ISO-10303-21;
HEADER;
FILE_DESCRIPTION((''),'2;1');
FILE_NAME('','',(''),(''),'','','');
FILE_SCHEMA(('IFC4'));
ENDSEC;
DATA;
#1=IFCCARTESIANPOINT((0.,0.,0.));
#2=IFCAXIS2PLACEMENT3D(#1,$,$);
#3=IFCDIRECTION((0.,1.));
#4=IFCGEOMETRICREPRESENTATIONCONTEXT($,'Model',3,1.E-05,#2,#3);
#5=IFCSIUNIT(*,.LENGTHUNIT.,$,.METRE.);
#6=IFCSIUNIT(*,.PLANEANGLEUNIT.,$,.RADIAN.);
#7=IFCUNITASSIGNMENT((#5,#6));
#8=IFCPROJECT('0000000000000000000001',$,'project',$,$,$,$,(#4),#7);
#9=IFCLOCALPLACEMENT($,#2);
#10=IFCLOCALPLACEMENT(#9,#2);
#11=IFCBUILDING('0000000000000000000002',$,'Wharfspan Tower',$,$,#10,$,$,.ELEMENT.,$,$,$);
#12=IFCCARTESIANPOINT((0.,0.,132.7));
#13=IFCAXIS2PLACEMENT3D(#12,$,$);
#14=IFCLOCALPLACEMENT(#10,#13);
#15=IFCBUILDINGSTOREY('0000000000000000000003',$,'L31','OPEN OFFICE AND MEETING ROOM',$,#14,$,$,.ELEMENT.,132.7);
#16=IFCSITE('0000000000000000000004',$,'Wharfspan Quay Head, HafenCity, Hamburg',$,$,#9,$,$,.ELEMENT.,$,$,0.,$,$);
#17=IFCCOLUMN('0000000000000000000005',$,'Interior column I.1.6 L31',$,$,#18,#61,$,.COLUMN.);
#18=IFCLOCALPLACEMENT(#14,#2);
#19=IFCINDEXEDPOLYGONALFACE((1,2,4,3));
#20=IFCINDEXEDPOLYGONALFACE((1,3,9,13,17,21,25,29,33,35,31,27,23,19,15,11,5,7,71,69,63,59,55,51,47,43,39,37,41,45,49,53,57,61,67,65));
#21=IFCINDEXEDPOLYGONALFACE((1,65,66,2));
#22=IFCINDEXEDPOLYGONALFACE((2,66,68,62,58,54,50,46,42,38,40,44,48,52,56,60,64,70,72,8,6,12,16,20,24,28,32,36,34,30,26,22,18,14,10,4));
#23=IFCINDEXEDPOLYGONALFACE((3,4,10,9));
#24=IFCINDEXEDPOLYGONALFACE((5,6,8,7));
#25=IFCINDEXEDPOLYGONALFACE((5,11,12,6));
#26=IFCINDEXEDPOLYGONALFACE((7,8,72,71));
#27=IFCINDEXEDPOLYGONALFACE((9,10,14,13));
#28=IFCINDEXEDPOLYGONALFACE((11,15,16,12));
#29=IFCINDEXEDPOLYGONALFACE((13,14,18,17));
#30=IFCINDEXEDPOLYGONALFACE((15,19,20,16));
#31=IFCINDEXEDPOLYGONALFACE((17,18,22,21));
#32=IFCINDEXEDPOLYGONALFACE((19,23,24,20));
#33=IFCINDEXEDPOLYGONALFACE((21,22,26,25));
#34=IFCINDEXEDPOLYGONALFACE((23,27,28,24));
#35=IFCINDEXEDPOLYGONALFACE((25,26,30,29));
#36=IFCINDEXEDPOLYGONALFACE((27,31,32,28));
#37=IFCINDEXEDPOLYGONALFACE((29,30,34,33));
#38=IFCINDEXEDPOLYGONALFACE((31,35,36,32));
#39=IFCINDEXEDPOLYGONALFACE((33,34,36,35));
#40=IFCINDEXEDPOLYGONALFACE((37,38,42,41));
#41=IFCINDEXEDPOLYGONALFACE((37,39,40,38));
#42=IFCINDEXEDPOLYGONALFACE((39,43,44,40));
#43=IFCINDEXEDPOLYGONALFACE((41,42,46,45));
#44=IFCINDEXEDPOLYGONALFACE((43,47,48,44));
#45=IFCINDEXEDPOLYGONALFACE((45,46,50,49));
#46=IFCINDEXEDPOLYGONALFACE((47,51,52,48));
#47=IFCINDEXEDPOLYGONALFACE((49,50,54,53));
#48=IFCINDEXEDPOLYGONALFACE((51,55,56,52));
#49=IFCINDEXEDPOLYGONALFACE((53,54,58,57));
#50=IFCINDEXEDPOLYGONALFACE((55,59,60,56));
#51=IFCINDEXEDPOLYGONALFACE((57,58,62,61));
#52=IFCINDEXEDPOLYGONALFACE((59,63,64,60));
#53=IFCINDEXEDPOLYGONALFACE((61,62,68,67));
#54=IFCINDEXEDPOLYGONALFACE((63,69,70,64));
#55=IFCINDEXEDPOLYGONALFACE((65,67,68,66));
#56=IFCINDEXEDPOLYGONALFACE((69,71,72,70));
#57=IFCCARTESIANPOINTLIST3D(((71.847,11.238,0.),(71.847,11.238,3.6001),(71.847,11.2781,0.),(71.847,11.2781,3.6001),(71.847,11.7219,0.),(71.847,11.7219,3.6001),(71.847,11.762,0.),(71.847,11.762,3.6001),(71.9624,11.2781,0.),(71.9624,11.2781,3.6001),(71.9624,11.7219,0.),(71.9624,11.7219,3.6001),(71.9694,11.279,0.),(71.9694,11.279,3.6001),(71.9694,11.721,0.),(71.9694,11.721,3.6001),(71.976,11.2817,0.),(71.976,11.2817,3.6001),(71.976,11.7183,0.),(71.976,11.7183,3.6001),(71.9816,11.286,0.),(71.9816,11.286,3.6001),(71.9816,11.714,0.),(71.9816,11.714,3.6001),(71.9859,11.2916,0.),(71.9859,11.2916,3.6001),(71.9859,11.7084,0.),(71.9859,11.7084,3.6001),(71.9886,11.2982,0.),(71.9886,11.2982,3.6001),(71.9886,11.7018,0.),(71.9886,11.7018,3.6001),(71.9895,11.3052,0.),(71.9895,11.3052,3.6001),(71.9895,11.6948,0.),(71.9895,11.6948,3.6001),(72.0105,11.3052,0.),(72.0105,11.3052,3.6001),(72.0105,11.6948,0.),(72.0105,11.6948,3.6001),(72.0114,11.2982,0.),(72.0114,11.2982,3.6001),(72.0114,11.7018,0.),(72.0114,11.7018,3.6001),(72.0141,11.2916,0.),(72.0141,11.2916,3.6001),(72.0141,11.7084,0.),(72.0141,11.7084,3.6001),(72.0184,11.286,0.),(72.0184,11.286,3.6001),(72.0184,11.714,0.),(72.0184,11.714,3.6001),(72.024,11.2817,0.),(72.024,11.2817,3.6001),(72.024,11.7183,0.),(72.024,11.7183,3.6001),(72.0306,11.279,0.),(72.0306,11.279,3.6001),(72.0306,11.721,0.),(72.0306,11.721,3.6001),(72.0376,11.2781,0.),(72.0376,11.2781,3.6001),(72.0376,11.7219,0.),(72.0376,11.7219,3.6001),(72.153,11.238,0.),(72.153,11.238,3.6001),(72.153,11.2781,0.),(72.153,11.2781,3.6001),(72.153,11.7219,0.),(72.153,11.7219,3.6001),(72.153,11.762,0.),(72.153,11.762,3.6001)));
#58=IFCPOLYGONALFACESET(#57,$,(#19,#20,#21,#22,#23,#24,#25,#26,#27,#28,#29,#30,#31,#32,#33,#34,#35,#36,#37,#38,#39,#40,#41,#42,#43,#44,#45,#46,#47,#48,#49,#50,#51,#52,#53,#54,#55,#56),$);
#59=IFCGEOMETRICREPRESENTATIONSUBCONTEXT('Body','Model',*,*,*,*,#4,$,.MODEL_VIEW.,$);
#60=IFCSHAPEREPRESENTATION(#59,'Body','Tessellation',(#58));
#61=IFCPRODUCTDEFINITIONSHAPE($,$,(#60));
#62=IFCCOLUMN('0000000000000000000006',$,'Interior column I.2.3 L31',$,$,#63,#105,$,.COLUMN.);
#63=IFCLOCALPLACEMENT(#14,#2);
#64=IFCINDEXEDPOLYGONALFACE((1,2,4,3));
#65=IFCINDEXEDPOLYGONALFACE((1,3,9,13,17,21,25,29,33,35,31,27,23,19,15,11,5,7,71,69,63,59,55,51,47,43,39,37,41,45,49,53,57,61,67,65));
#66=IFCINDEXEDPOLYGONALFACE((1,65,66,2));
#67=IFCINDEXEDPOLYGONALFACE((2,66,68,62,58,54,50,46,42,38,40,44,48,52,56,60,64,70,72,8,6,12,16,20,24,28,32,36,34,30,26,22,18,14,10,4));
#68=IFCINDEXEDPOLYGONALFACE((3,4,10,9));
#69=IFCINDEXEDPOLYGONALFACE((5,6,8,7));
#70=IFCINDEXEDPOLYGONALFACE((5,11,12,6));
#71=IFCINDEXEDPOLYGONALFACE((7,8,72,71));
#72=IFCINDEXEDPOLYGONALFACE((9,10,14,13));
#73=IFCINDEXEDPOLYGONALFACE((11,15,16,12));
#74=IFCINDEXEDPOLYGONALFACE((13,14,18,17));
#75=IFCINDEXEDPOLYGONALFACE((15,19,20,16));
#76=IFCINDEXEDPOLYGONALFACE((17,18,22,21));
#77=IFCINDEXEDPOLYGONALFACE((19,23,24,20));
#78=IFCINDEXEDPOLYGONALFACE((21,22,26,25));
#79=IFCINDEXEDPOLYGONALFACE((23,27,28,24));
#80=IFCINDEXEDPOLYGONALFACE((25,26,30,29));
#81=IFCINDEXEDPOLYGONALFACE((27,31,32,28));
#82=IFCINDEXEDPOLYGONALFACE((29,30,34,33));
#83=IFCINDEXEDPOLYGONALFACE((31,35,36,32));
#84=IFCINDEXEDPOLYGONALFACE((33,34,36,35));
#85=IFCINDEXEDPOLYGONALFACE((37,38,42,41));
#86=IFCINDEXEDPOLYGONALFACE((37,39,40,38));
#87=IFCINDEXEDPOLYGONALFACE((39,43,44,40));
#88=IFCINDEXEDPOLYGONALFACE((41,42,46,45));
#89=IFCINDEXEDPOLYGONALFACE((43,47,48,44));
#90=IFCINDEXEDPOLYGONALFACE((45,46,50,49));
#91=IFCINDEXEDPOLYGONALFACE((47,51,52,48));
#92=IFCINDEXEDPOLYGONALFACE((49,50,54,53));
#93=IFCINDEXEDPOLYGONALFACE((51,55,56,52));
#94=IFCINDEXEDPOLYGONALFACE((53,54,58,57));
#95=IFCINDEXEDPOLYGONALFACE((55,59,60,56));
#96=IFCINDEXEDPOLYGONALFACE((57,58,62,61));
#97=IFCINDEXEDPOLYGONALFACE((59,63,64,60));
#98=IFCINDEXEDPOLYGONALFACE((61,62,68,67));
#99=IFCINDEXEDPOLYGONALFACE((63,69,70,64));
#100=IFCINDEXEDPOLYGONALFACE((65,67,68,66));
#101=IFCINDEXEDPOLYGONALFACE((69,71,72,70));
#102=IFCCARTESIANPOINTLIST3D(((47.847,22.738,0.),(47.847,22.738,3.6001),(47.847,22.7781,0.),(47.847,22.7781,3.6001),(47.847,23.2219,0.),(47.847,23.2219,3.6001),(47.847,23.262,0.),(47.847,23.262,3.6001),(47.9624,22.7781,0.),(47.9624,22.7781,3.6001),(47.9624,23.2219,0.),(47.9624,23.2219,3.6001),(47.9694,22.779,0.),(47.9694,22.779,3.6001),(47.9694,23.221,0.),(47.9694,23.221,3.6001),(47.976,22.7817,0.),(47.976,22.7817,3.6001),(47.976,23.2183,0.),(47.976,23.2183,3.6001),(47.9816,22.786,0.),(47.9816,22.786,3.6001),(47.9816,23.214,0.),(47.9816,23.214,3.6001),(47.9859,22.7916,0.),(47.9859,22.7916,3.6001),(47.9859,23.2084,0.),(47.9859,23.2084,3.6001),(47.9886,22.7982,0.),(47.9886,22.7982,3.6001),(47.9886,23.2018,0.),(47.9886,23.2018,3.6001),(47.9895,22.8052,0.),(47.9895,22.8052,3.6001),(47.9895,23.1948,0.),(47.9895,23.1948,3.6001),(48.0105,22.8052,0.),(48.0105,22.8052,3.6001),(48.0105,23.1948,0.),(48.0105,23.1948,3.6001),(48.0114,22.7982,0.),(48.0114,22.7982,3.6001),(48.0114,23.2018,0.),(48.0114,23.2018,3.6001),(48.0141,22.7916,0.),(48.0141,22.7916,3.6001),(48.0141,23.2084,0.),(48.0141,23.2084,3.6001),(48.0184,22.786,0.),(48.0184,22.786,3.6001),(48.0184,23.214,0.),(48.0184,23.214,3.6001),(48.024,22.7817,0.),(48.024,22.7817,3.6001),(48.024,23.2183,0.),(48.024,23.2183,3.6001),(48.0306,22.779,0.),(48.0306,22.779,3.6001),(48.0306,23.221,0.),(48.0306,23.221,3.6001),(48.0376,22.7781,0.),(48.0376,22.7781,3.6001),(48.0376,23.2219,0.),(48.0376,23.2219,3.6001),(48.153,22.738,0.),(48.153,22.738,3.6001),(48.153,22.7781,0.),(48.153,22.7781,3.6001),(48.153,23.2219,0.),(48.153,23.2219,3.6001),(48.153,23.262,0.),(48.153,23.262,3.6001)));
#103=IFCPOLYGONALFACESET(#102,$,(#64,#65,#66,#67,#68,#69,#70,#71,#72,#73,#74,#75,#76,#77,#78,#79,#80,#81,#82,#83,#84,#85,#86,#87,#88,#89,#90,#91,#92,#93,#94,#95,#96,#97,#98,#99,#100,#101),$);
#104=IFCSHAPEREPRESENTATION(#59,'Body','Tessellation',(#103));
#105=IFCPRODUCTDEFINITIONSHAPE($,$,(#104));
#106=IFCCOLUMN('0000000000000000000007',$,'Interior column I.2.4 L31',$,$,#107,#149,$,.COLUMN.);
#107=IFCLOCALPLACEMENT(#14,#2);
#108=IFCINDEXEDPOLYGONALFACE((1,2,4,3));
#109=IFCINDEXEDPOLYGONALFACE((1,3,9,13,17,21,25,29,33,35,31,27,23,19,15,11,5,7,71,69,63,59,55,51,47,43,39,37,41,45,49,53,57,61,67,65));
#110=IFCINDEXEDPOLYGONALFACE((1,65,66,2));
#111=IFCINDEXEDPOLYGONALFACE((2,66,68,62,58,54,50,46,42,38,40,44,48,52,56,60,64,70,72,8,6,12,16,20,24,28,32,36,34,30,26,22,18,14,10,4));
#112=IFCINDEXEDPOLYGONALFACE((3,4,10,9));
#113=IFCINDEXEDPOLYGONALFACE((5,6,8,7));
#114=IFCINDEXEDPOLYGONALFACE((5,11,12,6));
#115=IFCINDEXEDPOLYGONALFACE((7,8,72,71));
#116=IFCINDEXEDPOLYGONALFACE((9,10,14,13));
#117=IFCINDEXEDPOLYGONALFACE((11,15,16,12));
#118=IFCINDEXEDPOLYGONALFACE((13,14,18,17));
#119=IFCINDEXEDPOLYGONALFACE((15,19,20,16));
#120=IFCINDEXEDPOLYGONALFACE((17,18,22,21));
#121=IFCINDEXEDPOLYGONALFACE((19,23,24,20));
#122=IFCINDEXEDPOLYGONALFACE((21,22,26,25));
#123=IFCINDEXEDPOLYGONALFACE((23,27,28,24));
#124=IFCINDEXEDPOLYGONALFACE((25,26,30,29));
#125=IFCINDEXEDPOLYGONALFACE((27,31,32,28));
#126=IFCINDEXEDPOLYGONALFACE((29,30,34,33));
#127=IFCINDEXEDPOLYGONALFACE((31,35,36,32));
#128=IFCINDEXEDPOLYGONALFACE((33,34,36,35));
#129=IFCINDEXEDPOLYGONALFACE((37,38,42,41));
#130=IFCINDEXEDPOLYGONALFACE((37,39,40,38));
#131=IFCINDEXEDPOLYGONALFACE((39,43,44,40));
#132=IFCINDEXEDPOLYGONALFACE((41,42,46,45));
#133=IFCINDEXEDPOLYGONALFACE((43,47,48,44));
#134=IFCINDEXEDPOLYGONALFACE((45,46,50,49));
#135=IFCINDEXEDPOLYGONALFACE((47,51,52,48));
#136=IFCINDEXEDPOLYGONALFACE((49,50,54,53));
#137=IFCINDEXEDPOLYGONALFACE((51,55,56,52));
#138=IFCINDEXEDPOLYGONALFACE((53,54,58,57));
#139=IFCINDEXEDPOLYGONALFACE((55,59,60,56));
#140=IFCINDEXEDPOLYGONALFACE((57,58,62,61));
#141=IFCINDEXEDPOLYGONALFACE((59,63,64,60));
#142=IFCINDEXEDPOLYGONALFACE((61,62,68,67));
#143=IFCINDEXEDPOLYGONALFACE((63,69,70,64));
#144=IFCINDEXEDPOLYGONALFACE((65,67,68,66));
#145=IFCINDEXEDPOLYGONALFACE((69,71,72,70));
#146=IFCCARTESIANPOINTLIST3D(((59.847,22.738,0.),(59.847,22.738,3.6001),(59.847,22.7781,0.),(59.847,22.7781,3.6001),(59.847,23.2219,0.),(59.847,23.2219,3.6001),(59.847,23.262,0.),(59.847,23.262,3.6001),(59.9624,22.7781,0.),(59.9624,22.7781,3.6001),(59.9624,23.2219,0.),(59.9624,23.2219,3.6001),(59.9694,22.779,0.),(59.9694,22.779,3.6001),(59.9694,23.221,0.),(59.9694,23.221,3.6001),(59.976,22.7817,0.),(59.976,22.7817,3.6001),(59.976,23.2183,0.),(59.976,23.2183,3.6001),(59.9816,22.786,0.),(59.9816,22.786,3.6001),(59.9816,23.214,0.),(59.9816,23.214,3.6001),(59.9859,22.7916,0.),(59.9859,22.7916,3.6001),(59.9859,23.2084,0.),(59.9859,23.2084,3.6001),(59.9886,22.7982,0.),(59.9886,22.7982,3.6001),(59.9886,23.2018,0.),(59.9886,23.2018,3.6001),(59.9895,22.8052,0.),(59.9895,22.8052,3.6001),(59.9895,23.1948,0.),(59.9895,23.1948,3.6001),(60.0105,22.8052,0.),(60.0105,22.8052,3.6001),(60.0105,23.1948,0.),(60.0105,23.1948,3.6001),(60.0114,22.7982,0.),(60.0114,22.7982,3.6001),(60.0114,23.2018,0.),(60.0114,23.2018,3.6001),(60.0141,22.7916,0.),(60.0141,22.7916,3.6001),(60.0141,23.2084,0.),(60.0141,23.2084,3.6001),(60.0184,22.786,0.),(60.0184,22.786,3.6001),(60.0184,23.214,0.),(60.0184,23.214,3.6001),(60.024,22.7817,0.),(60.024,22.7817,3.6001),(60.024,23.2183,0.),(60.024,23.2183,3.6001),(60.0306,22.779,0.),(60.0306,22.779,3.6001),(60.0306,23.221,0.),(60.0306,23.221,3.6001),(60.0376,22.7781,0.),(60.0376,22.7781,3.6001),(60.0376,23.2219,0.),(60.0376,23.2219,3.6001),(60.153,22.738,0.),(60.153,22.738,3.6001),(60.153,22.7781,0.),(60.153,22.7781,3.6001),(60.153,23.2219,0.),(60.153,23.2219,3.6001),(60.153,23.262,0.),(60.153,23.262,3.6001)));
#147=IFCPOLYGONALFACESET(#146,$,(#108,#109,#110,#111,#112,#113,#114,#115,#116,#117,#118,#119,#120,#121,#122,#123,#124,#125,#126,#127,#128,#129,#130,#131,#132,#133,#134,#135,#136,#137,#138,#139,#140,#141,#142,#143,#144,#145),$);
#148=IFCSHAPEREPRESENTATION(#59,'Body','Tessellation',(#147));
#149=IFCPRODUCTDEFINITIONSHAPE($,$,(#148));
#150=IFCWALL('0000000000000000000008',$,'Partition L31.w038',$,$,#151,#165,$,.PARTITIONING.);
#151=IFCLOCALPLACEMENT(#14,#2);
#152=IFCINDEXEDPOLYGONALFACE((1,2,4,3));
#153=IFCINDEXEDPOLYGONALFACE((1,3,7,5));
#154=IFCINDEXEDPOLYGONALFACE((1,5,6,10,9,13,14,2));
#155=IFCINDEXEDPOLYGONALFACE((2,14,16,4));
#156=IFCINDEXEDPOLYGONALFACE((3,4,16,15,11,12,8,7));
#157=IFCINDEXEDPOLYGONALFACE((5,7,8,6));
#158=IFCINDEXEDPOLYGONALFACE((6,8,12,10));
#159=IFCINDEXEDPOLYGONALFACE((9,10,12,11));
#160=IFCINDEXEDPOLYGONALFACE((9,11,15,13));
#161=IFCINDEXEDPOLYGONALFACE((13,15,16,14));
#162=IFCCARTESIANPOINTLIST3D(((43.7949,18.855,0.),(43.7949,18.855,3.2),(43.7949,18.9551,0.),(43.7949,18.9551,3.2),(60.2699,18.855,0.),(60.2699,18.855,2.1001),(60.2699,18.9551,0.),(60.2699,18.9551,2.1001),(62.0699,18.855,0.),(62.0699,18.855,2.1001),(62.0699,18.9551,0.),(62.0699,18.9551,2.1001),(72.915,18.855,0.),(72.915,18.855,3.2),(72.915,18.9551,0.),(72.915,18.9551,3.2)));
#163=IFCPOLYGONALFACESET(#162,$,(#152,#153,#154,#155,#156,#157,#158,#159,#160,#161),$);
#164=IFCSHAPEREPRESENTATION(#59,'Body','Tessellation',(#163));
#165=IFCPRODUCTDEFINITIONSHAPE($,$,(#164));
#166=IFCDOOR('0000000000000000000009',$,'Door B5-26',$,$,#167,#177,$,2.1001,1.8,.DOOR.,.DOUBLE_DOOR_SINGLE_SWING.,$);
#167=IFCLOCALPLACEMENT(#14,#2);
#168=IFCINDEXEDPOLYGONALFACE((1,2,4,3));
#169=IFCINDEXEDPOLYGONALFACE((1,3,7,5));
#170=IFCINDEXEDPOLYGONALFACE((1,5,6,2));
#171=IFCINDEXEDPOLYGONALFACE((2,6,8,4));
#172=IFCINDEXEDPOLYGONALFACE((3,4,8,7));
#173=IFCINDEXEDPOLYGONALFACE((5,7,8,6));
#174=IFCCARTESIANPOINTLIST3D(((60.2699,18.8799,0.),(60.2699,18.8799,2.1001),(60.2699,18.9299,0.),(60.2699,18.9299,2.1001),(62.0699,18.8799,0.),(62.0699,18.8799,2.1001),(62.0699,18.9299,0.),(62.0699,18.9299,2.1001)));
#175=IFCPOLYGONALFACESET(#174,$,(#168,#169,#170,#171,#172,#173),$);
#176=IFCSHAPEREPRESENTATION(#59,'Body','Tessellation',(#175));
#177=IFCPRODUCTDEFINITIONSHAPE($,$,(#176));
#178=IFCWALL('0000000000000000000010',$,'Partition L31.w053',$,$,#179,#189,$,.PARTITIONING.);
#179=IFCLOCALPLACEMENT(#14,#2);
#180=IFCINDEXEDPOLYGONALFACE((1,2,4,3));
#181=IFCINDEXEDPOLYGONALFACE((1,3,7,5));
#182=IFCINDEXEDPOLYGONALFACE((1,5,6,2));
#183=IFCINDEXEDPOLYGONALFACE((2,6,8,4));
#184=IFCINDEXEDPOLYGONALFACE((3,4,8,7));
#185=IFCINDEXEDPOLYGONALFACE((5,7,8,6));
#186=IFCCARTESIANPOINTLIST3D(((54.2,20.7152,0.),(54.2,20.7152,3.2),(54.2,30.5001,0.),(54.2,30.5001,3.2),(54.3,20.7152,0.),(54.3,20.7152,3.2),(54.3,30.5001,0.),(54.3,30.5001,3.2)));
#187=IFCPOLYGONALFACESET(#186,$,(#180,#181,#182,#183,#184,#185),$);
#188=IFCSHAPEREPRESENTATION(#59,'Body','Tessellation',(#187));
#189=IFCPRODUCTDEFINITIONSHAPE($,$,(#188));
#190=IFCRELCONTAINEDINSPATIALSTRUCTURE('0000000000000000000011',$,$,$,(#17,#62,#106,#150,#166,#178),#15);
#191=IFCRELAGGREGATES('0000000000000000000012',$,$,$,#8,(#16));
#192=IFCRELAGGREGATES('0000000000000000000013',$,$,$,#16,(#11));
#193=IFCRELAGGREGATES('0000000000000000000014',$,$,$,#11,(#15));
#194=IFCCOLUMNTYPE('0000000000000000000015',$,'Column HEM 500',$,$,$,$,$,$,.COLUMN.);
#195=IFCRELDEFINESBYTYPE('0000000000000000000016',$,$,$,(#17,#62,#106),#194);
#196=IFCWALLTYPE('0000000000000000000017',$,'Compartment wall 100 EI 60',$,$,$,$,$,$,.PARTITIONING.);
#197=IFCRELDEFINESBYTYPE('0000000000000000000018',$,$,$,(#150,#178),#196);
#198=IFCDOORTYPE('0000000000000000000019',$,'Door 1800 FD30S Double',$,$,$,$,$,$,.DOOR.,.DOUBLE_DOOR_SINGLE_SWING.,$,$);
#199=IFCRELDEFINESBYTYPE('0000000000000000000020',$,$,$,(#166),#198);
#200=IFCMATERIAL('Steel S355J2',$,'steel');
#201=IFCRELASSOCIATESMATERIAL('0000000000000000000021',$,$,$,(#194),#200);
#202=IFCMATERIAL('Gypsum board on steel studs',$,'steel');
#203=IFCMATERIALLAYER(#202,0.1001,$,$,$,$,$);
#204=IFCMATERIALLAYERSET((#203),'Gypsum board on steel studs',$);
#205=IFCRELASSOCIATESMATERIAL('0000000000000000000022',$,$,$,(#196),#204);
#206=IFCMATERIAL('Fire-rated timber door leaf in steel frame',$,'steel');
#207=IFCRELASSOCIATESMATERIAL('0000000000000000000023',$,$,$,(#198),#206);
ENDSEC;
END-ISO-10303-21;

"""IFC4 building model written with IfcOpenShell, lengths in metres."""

from ifc_helpers import new_model, si_unit, direction, frame, frame_2d, origin, origin_2d, place, context, subcontext, project, spatial, rectangle, i_section, extrude, material, layer, layer_set, material_profile, profile_set, type_object, element, fill, save


model = new_model("IFC4")

# Units and contexts
model_context = context("Model", 3, precision=1e-05, world=origin(), true_north=direction((0.0, 1.0)))
body_context = subcontext(model_context, "Body", "Model", "MODEL_VIEW")
ifc_project = project(units=[si_unit("LENGTHUNIT", "METRE"), si_unit("PLANEANGLEUNIT", "RADIAN")], contexts=[model_context])

# Site, building, storey
site_placement = place(None, origin())
site = spatial("IfcSite", under=ifc_project, at=site_placement, Name="Wharfspan Quay Head, HafenCity, Hamburg", CompositionType="ELEMENT", RefElevation=0.0)
building_placement = place(site_placement, origin())
building = spatial("IfcBuilding", under=site, at=building_placement, Name="Wharfspan Tower", CompositionType="ELEMENT")
storey_placement = place(building_placement, frame((0.0, 0.0, 132.7)))
storey = spatial("IfcBuildingStorey", under=building, at=storey_placement, Name="L31", Description="OPEN OFFICE AND MEETING ROOM", CompositionType="ELEMENT", Elevation=132.7)

# Columns
ifc_material_1 = material(Name="Steel S355J2", Category="steel")
ifc_material_profile = material_profile(ifc_material_1, i_section(OverallWidth=0.3059, OverallDepth=0.5239, WebThickness=0.021, FlangeThickness=0.04, FilletRadius=0.0271, at=origin_2d()))
ifc_profile_set = profile_set([ifc_material_profile], Name="Steel S355J2")
column_type = type_object("IfcColumnType", Name="Column HEM 500", PredefinedType="COLUMN", material=ifc_profile_set)
for number, where, z_axis, x_axis, name in (
    (1, (72.0, 11.5, 0.0), (0.0, 0.0, 1.0), (1.0, 0.0, 0.0), "Interior column I.1.6 L31"),
    (2, (48.0, 23.0, 0.0), (0.0, 0.0, 1.0), (1.0, 0.0, 0.0), "Interior column I.2.3 L31"),
    (3, (60.0, 23.0, 0.0), (0.0, 0.0, 1.0), (1.0, 0.0, 0.0), "Interior column I.2.4 L31"),
):
    element("IfcColumn", number, at=place(storey_placement, frame(where, z_axis=z_axis, x_axis=x_axis)), inside=storey, type_object=column_type, Name=name, PredefinedType="COLUMN", context=body_context, shape_type="SweptSolid", body=[
        extrude(i_section(OverallWidth=0.3059, OverallDepth=0.5239, WebThickness=0.021, FlangeThickness=0.04, FilletRadius=0.0271, at=origin_2d()), origin(), (0.0, 0.0, 1.0), 3.6001),
    ])

# Wall, opening, door
ifc_material_2 = material(Name="Gypsum board on steel studs", Category="steel")
ifc_layer_1 = layer(ifc_material_2, 0.1001)
ifc_layer_set_1 = layer_set([ifc_layer_1], Name="Gypsum board on steel studs")
wall_type_1 = type_object("IfcWallType", Name="Compartment wall 100 EI 60", PredefinedType="PARTITIONING", material=ifc_layer_set_1)
wall_1_placement = place(storey_placement, frame((43.7949, 18.905, 0.0), z_axis=(0.0, 0.0, 1.0), x_axis=(1.0, 0.0, 0.0)))
wall_1 = element("IfcWall", 4, at=wall_1_placement, inside=storey, type_object=wall_type_1, Name="Partition L31.w038", PredefinedType="PARTITIONING", context=body_context, shape_type="SweptSolid", body=[
    extrude(rectangle(XDim=29.1201, YDim=0.1001, at=frame_2d((14.5601, 0.0))), origin(), (0.0, 0.0, 1.0), 3.2),
])
opening_1_placement = place(wall_1_placement, frame((16.4751, 0.0, 0.0)))
opening_1 = element("IfcOpeningElement", 5, at=opening_1_placement, cuts=wall_1, PredefinedType="OPENING", context=body_context, shape_type="SweptSolid", body=[
    extrude(rectangle(XDim=1.8, YDim=2.1001, at=frame_2d((0.8999, 1.05))), frame((0.0, 0.0601, 0.0), z_axis=(0.0, -1.0, 0.0), x_axis=(1.0, 0.0, 0.0)), (0.0, 0.0, 1.0), 0.1201),
])
ifc_material_3 = material(Name="Fire-rated timber door leaf in steel frame", Category="steel")
door_type_1 = type_object("IfcDoorType", Name="Door 1800 FD30S Double", OperationType="DOUBLE_DOOR_SINGLE_SWING", PredefinedType="DOOR", material=ifc_material_3)
door_1_placement = place(opening_1_placement, origin())
door_1 = element("IfcDoor", 6, at=door_1_placement, inside=storey, type_object=door_type_1, Name="Door B5-26", OperationType="DOUBLE_DOOR_SINGLE_SWING", OverallHeight=2.1001, OverallWidth=1.8, PredefinedType="DOOR", context=body_context, shape_type="SweptSolid", body=[
    extrude(rectangle(XDim=1.8, YDim=2.1001, at=frame_2d((0.8999, 1.05))), frame((0.0, 0.0249, 0.0), z_axis=(0.0, -1.0, 0.0), x_axis=(1.0, 0.0, 0.0)), (0.0, 0.0, 1.0), 0.05),
])
fill(opening_1, door_1)

# Wall
wall_2_placement = place(storey_placement, frame((54.25, 20.7151, 0.0), z_axis=(0.0, 0.0, 1.0), x_axis=(0.0, 1.0, 0.0)))
element("IfcWall", 7, at=wall_2_placement, inside=storey, type_object=wall_type_1, Name="Partition L31.w053", PredefinedType="PARTITIONING", context=body_context, shape_type="SweptSolid", body=[
    extrude(rectangle(XDim=9.7849, YDim=0.1001, at=frame_2d((4.8926, 0.0))), origin(), (0.0, 0.0, 1.0), 3.2),
])

save(model, "model.ifc")
